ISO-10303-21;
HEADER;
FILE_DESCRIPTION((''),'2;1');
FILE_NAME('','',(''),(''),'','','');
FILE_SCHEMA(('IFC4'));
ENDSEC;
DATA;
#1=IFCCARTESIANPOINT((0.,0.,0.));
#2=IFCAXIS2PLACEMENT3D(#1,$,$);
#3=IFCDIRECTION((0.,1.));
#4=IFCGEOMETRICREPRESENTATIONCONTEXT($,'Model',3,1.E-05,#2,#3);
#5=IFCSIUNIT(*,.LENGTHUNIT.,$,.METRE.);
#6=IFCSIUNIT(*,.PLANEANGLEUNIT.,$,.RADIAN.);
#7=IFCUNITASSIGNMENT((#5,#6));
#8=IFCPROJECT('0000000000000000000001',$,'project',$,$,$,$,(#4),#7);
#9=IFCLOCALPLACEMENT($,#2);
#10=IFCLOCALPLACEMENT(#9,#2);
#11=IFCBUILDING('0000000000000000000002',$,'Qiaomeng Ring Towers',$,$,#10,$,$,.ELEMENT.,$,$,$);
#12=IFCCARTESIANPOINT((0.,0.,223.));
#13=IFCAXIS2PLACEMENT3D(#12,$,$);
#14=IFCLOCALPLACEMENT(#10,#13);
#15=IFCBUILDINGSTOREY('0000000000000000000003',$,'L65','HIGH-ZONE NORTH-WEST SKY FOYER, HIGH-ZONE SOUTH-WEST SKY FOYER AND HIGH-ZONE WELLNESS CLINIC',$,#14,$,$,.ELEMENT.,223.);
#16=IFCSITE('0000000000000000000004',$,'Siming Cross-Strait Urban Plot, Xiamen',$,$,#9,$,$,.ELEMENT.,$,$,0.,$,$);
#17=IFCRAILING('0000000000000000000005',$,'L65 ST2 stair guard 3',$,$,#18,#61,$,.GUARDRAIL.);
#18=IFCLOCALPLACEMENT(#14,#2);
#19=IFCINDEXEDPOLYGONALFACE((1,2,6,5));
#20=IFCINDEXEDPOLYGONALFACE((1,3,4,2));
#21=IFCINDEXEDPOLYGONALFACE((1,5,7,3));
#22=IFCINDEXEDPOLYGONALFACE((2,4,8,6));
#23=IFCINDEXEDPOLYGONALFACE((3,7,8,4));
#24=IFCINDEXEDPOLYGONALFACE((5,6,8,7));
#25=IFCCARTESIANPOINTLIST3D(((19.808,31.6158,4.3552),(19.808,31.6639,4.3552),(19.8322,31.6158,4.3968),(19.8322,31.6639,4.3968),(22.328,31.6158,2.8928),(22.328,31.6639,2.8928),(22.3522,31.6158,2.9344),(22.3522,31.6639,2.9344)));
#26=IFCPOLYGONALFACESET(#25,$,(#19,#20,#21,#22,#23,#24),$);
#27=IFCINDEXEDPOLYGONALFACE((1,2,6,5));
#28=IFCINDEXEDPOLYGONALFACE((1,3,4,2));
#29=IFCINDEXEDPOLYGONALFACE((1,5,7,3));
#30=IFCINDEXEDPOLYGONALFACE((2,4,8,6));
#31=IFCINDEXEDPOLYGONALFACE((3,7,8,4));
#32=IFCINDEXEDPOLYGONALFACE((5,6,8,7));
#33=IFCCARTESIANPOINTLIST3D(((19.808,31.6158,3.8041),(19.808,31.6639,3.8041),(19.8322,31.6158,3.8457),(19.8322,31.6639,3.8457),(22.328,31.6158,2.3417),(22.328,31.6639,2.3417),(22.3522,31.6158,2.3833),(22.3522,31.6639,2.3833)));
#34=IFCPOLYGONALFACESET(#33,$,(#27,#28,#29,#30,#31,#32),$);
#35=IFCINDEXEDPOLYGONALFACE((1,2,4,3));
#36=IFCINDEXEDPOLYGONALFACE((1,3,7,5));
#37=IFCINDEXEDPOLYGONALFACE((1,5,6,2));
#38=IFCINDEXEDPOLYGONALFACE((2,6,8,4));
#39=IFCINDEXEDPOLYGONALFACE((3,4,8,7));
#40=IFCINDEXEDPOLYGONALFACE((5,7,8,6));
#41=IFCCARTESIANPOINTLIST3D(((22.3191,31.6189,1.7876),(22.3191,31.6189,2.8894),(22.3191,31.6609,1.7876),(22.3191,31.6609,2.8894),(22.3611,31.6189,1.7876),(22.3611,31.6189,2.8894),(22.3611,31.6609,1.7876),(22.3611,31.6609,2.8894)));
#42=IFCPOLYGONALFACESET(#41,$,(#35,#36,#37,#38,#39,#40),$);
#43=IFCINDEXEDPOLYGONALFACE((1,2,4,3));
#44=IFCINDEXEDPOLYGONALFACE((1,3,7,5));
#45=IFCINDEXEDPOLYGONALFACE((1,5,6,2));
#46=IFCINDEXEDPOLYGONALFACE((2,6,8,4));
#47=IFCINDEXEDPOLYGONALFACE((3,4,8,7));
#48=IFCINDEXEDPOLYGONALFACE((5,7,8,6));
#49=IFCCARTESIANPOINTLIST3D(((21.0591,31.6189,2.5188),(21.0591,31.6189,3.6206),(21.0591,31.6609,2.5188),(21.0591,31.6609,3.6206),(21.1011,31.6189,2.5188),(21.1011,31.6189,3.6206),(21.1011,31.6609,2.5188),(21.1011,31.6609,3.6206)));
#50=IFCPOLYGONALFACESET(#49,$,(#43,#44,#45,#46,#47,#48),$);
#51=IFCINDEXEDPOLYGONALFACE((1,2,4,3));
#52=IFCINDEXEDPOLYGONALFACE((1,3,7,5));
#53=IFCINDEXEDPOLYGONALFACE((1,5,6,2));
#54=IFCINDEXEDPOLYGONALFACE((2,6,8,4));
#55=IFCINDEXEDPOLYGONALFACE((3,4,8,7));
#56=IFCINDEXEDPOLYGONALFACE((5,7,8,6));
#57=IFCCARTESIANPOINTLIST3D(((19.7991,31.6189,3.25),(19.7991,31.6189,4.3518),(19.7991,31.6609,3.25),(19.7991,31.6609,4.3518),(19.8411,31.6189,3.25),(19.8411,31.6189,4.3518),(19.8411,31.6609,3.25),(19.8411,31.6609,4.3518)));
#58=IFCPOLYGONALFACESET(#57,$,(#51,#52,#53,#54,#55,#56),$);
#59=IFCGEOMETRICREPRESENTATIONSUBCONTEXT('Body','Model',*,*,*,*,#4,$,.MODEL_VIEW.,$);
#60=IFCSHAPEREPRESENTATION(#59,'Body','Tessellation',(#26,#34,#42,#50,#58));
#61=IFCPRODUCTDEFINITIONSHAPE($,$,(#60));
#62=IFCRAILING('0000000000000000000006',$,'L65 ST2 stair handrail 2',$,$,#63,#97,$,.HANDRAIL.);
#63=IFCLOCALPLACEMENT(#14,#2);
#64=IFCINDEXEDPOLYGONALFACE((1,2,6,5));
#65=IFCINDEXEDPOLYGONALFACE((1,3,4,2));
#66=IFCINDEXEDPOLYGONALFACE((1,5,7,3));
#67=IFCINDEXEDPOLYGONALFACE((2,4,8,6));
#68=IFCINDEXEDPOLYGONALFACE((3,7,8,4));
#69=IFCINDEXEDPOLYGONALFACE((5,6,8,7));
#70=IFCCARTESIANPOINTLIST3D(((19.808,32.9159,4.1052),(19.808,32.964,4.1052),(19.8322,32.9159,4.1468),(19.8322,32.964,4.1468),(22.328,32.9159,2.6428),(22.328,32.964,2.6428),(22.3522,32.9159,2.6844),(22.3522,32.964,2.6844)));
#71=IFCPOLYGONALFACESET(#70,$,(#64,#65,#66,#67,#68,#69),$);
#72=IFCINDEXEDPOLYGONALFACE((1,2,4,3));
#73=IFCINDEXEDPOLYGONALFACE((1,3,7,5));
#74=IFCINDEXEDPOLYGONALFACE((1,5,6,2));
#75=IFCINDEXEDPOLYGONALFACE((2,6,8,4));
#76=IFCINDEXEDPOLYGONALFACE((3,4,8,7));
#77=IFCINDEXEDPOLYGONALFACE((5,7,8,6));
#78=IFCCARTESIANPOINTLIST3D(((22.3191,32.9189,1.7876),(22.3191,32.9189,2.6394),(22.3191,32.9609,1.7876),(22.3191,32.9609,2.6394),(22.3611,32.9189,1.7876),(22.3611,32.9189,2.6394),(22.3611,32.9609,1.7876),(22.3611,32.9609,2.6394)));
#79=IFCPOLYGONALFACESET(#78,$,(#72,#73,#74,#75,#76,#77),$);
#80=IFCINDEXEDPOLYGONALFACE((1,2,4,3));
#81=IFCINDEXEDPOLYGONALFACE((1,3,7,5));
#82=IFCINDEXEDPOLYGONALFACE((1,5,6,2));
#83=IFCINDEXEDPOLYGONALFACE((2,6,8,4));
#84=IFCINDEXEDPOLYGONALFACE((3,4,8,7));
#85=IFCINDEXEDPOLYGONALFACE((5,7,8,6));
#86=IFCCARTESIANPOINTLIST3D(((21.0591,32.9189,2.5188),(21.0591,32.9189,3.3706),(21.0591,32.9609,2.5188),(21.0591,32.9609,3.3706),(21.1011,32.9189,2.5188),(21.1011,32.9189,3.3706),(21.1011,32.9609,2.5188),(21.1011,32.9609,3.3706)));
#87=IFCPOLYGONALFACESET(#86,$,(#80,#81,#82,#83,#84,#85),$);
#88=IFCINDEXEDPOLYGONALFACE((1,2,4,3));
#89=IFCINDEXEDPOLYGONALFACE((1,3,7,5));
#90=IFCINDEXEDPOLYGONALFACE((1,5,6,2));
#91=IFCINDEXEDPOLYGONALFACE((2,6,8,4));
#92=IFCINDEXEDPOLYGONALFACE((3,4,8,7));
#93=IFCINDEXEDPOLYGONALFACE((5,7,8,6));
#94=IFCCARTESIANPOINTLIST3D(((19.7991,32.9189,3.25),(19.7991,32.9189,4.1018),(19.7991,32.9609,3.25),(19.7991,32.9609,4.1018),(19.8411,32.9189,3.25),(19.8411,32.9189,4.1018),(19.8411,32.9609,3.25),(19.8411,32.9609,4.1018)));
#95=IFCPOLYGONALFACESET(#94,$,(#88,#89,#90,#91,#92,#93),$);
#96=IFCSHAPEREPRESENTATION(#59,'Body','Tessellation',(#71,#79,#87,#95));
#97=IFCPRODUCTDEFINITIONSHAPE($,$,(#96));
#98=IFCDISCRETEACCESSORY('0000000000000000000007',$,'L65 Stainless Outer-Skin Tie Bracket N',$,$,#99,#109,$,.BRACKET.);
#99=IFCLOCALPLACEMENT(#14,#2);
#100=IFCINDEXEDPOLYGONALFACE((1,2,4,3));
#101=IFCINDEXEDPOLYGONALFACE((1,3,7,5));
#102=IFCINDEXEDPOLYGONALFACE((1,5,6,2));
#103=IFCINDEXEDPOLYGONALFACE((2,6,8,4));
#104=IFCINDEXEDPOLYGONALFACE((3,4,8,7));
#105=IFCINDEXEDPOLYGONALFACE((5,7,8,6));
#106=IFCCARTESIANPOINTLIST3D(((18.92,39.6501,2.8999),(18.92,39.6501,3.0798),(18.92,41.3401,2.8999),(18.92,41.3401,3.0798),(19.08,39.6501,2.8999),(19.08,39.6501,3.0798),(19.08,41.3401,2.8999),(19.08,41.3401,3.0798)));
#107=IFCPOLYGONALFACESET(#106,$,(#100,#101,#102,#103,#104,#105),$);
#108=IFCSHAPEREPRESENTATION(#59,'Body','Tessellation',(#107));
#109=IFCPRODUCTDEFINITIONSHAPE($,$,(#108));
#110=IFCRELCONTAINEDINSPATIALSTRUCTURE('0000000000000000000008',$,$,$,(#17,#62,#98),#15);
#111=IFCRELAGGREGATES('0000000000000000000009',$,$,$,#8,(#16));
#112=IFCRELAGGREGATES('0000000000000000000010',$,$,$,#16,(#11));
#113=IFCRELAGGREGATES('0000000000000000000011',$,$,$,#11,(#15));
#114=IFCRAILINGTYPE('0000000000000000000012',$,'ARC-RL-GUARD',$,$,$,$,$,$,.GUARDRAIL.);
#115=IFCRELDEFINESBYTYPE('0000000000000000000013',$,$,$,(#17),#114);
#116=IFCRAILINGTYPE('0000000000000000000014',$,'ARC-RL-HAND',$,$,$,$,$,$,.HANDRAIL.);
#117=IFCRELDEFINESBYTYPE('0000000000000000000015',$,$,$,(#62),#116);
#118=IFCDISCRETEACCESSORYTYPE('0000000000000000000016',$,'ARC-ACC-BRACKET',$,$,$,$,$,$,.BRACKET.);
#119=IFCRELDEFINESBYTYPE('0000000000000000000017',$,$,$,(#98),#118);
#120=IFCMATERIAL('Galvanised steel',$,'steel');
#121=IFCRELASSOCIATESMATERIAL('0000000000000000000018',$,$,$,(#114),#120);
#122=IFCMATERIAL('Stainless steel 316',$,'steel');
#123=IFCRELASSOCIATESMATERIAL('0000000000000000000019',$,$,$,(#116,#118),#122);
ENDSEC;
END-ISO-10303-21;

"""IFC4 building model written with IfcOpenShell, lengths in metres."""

from ifc_helpers import new_model, si_unit, direction, frame, origin, origin_2d, place, context, subcontext, project, spatial, rectangle, extrude, source, transform, mapped, material, type_object, element, save


model = new_model("IFC4")

# Units and contexts
model_context = context("Model", 3, precision=1e-05, world=origin(), true_north=direction((0.0, 1.0)))
body_context = subcontext(model_context, "Body", "Model", "MODEL_VIEW")
ifc_project = project(units=[si_unit("LENGTHUNIT", "METRE"), si_unit("PLANEANGLEUNIT", "RADIAN")], contexts=[model_context])

# Site, building, storey
site_placement = place(None, origin())
site = spatial("IfcSite", under=ifc_project, at=site_placement, Name="Siming Cross-Strait Urban Plot, Xiamen", CompositionType="ELEMENT", RefElevation=0.0)
building_placement = place(site_placement, origin())
building = spatial("IfcBuilding", under=site, at=building_placement, Name="Qiaomeng Ring Towers", CompositionType="ELEMENT")
storey_placement = place(building_placement, frame((0.0, 0.0, 223.0)))
storey = spatial("IfcBuildingStorey", under=building, at=storey_placement, Name="L65", Description="HIGH-ZONE NORTH-WEST SKY FOYER, HIGH-ZONE SOUTH-WEST SKY FOYER AND HIGH-ZONE WELLNESS CLINIC", CompositionType="ELEMENT", Elevation=223.0)

# Shared definitions
ifc_material_1 = material(Name="Galvanised steel", Category="steel")

# Railings
railing_type_1 = type_object("IfcRailingType", Name="ARC-RL-GUARD", PredefinedType="GUARDRAIL", material=ifc_material_1)
railing_1_placement = place(storey_placement, frame((22.3401, 31.6399, 1.7876)))
element("IfcRailing", 1, at=railing_1_placement, inside=storey, type_object=railing_type_1, Name="L65 ST2 stair guard 3", PredefinedType="GUARDRAIL", context=body_context, shape_type="SweptSolid", body=[
    extrude(rectangle(XDim=0.0481, YDim=0.0481, at=origin_2d()), frame((0.0, 0.0, 1.126), z_axis=(-0.864913, 0.0, 0.501921), x_axis=(0.0, -1.0, 0.0)), (0.0, 0.0, 1.0), 2.9136),
    extrude(rectangle(XDim=0.0481, YDim=0.0481, at=origin_2d()), frame((0.0, 0.0, 0.575), z_axis=(-0.864913, 0.0, 0.501921), x_axis=(0.0, -1.0, 0.0)), (0.0, 0.0, 1.0), 2.9136),
    extrude(rectangle(XDim=0.042, YDim=0.042, at=origin_2d()), origin(), (0.0, 0.0, 1.0), 1.1018),
    extrude(rectangle(XDim=0.042, YDim=0.042, at=origin_2d()), frame((-1.26, 0.0, 0.7312)), (0.0, 0.0, 1.0), 1.1018),
    extrude(rectangle(XDim=0.042, YDim=0.042, at=origin_2d()), frame((-2.52, 0.0, 1.4624)), (0.0, 0.0, 1.0), 1.1018),
])
ifc_material_2 = material(Name="Stainless steel 316", Category="steel")
railing_type_2 = type_object("IfcRailingType", Name="ARC-RL-HAND", PredefinedType="HANDRAIL", material=ifc_material_2)
railing_2_placement = place(storey_placement, frame((22.3401, 32.9399, 1.7876)))
element("IfcRailing", 2, at=railing_2_placement, inside=storey, type_object=railing_type_2, Name="L65 ST2 stair handrail 2", PredefinedType="HANDRAIL", context=body_context, shape_type="SweptSolid", body=[
    extrude(rectangle(XDim=0.0481, YDim=0.0481, at=origin_2d()), frame((0.0, 0.0, 0.876), z_axis=(-0.864913, 0.0, 0.501921), x_axis=(0.0, -1.0, 0.0)), (0.0, 0.0, 1.0), 2.9136),
    extrude(rectangle(XDim=0.042, YDim=0.042, at=origin_2d()), origin(), (0.0, 0.0, 1.0), 0.8518),
    extrude(rectangle(XDim=0.042, YDim=0.042, at=origin_2d()), frame((-1.26, 0.0, 0.7312)), (0.0, 0.0, 1.0), 0.8518),
    extrude(rectangle(XDim=0.042, YDim=0.042, at=origin_2d()), frame((-2.52, 0.0, 1.4624)), (0.0, 0.0, 1.0), 0.8518),
])

# Discrete accessory
discrete_accessory_type = type_object("IfcDiscreteAccessoryType", Name="ARC-ACC-BRACKET", PredefinedType="BRACKET", material=ifc_material_2)
shared_shape_1 = source(origin(), body_context, "Body", "SweptSolid", [
    extrude(rectangle(XDim=0.1599, YDim=1.6899, at=origin_2d()), origin(), (0.0, 0.0, 1.0), 0.1799),
])
discrete_accessory_placement = place(storey_placement, frame((19.0, 40.4951, 2.8999), z_axis=(0.0, 0.0, 1.0), x_axis=(1.0, 0.0, 0.0)))
element("IfcDiscreteAccessory", 3, at=discrete_accessory_placement, inside=storey, type_object=discrete_accessory_type, Name="L65 Stainless Outer-Skin Tie Bracket N", PredefinedType="BRACKET", context=body_context, shape_type="MappedRepresentation", body=[
    mapped(shared_shape_1, transform((0.0, 0.0, 0.0), x_axis=(1.0, 0.0, 0.0), y_axis=(0.0, 1.0, 0.0), z_axis=(0.0, 0.0, 1.0), scale=1.0)),
])

save(model, "model.ifc")
